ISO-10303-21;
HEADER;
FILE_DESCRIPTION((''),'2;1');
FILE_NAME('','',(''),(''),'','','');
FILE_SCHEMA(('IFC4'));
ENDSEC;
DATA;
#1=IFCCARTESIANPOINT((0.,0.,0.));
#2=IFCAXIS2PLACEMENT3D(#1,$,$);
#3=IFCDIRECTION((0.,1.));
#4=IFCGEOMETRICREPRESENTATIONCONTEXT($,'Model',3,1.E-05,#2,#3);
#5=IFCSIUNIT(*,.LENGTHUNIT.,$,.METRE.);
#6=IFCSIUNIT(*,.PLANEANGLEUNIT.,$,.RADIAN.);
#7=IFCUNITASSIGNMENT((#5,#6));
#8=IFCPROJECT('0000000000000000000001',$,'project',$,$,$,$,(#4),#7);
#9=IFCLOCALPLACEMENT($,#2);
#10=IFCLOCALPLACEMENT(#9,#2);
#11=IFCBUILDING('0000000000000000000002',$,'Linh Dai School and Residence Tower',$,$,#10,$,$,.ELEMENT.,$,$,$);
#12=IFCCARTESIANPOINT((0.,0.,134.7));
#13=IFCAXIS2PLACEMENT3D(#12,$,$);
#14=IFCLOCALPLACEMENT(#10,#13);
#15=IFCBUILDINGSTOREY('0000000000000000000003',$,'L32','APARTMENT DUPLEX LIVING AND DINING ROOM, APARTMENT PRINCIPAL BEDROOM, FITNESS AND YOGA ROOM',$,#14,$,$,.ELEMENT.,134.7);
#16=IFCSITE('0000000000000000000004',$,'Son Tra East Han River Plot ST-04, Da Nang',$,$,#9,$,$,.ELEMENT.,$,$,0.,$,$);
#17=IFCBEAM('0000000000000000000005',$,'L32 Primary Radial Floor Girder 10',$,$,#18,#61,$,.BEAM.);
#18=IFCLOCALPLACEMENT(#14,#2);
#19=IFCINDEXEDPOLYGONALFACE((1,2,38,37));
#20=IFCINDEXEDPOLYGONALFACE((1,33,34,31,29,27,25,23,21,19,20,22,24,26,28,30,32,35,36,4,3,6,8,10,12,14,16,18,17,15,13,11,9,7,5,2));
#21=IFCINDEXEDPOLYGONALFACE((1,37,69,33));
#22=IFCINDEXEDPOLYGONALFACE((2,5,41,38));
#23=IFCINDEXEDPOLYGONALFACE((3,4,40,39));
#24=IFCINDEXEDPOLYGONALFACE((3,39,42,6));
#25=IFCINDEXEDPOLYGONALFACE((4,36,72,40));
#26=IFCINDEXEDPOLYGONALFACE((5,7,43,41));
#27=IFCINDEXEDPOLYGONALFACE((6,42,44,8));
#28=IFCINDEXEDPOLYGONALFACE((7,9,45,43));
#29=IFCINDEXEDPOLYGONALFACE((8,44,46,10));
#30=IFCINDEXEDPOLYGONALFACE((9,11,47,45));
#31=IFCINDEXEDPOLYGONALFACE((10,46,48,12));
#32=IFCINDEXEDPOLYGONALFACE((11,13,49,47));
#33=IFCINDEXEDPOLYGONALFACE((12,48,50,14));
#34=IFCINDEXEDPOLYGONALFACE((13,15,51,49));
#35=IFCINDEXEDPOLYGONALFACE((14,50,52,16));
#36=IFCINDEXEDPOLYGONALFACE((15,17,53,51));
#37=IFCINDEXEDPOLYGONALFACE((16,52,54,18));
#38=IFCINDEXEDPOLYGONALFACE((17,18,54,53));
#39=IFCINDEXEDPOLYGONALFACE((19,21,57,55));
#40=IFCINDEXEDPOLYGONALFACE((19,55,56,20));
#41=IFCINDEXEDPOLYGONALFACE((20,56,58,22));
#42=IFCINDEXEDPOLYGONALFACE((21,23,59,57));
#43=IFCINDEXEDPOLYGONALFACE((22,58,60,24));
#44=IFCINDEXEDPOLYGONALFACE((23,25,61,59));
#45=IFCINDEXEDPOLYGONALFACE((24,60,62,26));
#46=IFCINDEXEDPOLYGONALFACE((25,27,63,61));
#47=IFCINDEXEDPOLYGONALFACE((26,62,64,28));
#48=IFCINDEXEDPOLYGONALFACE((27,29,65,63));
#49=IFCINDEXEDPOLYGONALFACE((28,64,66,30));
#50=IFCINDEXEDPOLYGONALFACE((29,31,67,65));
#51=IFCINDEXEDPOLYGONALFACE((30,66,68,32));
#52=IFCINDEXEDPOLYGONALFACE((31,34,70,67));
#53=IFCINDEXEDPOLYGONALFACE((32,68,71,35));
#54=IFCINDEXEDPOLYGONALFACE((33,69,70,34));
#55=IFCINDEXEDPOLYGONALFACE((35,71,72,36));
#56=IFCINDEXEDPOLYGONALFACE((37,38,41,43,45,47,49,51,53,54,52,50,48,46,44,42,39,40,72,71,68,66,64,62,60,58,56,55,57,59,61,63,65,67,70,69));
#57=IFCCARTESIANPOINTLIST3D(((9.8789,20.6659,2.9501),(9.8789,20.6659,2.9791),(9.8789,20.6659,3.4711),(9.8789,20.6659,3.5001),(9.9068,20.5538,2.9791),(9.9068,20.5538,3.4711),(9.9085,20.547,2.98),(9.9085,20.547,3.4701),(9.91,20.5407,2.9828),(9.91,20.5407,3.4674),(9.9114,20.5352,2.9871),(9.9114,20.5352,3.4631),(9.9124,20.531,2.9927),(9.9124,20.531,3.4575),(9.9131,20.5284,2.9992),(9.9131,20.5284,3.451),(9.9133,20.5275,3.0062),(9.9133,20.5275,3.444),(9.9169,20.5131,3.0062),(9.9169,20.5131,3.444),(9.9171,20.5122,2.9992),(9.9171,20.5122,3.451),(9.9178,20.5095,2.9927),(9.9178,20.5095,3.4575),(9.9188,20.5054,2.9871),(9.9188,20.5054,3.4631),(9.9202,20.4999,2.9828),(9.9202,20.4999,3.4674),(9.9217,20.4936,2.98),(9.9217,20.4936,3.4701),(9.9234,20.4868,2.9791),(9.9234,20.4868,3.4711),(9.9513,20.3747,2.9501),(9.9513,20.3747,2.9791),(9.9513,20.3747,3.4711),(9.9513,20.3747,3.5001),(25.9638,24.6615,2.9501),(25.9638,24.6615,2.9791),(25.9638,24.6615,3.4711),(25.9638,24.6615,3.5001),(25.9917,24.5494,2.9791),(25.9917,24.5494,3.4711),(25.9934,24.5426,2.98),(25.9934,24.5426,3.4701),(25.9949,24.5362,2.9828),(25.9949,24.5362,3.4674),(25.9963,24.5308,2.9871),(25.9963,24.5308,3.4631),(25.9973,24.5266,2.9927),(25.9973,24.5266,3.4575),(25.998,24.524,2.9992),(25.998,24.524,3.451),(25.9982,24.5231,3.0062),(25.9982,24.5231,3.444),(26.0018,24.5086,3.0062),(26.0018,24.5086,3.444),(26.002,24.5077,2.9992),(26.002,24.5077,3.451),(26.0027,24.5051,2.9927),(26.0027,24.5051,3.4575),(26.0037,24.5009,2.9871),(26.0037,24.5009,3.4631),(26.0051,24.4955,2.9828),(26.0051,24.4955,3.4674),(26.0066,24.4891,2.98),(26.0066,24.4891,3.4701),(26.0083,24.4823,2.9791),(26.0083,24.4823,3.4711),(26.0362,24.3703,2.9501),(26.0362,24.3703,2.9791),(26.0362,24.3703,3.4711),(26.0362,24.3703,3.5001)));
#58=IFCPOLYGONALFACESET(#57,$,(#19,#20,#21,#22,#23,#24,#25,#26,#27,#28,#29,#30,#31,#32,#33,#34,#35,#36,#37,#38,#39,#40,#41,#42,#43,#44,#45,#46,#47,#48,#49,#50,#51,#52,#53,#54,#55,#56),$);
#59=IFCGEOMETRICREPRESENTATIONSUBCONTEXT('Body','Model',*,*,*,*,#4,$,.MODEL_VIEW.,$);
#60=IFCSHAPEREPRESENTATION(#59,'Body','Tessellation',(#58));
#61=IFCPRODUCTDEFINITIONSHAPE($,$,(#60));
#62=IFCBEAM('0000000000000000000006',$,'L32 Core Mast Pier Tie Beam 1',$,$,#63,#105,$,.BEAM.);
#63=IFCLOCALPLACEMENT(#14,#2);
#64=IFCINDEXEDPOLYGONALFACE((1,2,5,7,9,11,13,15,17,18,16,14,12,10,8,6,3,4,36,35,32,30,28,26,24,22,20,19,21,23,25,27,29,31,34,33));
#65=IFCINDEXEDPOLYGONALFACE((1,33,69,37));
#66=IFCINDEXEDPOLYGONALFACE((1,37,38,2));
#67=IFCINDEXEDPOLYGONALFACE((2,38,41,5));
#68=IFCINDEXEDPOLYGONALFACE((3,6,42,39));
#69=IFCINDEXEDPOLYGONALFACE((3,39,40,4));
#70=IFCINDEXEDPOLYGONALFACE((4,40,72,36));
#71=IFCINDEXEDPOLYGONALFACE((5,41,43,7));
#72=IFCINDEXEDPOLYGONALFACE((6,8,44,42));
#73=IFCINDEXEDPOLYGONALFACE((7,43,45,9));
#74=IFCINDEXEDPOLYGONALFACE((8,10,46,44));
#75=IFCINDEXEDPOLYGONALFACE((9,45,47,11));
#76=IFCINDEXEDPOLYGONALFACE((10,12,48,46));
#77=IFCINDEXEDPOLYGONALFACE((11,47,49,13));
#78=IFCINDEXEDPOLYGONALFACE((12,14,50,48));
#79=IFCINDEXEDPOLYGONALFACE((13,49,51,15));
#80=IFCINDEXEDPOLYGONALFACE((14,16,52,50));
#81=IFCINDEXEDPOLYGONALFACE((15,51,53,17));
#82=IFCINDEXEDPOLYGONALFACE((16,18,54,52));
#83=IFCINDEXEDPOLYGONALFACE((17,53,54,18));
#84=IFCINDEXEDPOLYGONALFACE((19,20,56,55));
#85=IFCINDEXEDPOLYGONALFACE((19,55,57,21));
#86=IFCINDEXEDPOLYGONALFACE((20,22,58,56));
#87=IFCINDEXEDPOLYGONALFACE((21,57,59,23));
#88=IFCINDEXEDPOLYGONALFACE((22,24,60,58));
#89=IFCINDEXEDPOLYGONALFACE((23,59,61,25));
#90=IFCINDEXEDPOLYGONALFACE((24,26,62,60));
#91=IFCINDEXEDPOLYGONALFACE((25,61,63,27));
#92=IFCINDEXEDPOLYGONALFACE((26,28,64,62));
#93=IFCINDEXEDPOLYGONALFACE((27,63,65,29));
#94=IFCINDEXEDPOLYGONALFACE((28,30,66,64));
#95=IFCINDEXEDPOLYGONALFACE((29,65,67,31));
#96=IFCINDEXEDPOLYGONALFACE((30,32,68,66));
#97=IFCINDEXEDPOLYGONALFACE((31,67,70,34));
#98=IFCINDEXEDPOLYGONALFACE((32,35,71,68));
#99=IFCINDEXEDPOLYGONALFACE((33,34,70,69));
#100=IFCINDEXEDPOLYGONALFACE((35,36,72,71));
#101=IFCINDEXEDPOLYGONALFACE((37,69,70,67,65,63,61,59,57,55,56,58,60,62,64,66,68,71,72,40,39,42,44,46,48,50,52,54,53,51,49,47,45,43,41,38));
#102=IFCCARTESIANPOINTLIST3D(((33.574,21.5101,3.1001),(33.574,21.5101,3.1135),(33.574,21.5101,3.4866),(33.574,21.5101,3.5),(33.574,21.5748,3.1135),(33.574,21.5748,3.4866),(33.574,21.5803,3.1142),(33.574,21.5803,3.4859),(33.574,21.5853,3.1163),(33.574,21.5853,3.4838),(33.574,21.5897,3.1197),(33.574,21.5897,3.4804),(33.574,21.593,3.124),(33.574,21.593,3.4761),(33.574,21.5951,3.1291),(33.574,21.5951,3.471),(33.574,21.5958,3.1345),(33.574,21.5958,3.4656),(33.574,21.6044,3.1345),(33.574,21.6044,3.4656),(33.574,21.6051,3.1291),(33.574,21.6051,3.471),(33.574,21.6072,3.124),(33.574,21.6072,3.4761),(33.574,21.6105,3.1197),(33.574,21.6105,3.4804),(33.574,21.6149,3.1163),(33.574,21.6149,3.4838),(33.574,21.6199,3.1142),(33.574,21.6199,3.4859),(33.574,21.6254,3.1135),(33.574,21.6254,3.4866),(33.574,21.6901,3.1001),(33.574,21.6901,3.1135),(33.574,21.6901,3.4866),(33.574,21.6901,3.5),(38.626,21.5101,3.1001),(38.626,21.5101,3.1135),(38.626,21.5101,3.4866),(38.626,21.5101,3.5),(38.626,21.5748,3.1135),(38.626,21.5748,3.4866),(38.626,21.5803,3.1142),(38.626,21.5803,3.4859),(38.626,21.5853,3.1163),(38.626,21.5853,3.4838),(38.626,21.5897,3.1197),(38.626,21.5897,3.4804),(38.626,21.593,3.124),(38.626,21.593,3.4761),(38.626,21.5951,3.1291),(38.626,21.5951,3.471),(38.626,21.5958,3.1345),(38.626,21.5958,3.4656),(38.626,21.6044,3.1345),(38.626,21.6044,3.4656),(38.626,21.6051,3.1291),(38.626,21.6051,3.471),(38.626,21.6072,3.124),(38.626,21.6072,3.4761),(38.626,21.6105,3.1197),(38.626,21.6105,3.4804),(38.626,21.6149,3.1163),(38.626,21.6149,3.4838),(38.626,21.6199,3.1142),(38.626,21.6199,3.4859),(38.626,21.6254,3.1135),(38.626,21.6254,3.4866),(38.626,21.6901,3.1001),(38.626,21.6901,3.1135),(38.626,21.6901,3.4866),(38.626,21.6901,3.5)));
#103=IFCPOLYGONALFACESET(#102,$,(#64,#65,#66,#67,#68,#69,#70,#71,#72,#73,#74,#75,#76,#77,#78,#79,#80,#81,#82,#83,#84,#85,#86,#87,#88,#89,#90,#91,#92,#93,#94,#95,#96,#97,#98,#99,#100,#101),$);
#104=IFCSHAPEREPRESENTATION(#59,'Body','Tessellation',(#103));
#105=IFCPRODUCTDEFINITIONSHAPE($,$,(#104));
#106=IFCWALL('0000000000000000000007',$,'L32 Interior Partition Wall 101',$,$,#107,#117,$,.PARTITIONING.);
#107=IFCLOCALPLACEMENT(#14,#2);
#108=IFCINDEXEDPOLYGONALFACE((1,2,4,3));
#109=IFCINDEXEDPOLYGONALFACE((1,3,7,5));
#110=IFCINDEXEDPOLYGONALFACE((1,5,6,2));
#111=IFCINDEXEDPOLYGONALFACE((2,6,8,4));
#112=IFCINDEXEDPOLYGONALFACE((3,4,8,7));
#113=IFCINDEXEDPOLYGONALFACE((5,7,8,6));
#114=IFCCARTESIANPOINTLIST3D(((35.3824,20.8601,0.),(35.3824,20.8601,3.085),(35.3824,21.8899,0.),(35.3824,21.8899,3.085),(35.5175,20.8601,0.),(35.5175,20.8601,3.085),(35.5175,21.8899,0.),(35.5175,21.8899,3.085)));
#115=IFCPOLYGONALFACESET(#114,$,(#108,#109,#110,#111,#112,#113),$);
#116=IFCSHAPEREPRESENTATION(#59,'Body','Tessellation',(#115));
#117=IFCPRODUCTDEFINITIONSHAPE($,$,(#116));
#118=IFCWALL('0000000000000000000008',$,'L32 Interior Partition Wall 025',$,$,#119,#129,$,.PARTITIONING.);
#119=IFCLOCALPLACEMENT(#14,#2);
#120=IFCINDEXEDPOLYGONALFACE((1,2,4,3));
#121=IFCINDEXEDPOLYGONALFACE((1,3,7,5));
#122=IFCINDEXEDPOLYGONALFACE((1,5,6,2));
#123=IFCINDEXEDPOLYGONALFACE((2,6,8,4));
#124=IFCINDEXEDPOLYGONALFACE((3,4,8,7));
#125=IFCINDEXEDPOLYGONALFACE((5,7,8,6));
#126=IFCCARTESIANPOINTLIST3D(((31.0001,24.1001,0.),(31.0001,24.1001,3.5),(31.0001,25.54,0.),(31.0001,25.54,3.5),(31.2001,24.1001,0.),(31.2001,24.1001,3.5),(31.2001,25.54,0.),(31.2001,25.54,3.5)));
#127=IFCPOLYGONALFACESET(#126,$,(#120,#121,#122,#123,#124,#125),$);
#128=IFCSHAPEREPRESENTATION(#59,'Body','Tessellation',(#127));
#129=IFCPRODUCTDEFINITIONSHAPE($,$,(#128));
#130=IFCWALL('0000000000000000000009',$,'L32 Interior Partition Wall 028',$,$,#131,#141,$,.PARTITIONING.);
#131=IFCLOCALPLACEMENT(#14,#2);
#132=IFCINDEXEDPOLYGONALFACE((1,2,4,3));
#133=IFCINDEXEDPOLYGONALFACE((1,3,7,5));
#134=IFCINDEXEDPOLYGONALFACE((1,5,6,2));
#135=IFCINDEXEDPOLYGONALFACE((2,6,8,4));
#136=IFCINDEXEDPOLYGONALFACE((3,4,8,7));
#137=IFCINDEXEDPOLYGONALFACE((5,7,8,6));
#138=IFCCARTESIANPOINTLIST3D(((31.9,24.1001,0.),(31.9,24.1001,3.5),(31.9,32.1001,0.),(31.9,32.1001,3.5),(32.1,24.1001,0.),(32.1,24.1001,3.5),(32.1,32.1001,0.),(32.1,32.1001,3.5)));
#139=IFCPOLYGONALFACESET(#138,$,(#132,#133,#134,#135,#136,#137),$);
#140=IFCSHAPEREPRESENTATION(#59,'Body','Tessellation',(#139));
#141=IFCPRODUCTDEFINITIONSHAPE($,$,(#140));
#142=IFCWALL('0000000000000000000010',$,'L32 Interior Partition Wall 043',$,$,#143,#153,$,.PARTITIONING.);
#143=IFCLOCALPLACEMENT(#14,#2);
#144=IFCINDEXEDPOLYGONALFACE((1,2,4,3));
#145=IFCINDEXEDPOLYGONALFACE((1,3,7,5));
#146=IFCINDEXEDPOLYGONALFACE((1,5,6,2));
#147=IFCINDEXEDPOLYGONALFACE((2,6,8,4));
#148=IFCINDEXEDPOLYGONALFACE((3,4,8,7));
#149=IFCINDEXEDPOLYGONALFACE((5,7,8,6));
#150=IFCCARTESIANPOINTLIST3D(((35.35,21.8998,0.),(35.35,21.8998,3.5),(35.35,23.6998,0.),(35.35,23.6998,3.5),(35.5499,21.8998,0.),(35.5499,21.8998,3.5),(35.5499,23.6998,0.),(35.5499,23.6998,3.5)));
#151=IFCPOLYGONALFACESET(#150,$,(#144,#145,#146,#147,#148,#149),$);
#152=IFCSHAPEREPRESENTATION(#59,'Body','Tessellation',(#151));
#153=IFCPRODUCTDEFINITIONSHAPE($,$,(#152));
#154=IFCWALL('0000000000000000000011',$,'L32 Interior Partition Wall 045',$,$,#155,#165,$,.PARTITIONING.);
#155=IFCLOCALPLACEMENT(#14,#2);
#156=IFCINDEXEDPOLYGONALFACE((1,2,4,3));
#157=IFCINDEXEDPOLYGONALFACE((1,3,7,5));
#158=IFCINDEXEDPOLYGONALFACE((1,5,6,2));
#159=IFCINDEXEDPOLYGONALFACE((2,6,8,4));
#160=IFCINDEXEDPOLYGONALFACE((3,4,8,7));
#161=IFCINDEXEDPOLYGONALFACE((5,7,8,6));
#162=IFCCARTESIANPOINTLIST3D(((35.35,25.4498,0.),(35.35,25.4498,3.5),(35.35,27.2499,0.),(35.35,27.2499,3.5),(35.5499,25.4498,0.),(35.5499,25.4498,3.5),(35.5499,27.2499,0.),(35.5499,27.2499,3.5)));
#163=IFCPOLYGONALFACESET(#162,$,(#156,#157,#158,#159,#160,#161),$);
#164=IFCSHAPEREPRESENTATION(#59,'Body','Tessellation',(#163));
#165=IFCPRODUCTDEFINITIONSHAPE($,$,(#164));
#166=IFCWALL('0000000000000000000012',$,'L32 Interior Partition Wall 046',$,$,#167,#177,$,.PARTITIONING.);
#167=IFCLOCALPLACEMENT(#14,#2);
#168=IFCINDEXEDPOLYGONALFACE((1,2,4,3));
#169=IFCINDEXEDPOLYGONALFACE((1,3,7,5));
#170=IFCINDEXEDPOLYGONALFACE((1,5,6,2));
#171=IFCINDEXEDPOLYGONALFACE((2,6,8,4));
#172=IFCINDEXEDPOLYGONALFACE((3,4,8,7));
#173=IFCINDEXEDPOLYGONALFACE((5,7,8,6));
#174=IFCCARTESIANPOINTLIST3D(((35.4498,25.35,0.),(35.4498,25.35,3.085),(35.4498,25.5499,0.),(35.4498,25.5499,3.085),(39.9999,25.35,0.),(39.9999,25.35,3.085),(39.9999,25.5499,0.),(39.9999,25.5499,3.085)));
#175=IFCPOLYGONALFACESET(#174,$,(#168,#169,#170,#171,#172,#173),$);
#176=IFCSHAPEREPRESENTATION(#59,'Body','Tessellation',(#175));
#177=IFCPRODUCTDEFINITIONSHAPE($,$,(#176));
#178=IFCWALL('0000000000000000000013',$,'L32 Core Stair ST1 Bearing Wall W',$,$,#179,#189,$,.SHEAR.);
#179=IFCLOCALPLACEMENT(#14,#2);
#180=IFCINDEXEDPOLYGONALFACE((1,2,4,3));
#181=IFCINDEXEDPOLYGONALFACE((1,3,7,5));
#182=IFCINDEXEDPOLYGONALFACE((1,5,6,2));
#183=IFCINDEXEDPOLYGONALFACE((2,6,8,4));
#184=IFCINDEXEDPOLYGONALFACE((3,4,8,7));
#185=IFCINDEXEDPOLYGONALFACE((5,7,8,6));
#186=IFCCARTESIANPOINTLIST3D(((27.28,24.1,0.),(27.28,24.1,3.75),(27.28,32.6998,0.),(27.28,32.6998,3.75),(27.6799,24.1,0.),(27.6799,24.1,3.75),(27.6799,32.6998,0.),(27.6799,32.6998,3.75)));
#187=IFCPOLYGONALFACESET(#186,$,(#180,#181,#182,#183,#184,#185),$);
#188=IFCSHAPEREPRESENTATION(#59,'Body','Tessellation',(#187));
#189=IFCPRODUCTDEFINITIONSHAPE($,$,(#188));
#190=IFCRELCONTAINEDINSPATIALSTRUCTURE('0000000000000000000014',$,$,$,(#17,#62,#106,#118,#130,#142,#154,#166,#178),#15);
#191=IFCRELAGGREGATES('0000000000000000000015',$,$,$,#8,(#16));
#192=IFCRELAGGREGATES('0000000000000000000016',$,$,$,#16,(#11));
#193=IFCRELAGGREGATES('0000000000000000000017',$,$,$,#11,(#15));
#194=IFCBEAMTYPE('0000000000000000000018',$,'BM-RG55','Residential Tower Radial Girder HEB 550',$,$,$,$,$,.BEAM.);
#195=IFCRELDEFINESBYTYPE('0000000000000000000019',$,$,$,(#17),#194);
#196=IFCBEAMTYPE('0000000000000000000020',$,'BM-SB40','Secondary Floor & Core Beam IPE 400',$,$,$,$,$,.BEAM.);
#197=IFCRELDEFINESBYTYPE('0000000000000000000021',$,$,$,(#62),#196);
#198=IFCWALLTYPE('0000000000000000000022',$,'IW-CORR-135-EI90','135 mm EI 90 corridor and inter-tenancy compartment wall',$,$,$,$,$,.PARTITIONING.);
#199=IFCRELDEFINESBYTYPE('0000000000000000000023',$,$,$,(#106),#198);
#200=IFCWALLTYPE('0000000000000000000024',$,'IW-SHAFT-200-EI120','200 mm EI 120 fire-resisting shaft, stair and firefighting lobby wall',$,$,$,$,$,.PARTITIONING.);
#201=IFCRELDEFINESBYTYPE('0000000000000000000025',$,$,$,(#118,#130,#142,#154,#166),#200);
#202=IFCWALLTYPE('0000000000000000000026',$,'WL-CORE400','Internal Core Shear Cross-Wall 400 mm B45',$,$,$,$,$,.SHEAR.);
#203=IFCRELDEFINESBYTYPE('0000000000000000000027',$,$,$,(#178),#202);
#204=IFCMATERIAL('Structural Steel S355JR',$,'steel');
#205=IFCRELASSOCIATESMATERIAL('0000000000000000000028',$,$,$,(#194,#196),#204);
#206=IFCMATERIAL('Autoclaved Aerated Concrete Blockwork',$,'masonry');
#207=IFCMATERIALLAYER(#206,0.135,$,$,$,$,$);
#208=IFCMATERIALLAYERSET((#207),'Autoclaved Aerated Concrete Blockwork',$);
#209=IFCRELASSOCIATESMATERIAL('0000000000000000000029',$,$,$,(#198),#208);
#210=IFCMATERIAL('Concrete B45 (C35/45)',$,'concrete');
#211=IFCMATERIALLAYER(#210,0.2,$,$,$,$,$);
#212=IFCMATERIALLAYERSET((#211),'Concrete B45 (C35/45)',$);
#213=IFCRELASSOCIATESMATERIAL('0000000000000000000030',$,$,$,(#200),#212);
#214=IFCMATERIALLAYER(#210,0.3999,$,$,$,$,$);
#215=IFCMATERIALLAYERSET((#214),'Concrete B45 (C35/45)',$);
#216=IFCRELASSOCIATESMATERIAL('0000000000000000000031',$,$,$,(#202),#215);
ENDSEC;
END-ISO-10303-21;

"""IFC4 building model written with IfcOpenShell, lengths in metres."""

from ifc_helpers import new_model, si_unit, direction, frame, frame_2d, origin, origin_2d, place, context, subcontext, project, spatial, rectangle, i_section, extrude, material, layer, layer_set, material_profile, profile_set, type_object, element, save


model = new_model("IFC4")

# Units and contexts
model_context = context("Model", 3, precision=1e-05, world=origin(), true_north=direction((0.0, 1.0)))
body_context = subcontext(model_context, "Body", "Model", "MODEL_VIEW")
ifc_project = project(units=[si_unit("LENGTHUNIT", "METRE"), si_unit("PLANEANGLEUNIT", "RADIAN")], contexts=[model_context])

# Site, building, storey
site_placement = place(None, origin())
site = spatial("IfcSite", under=ifc_project, at=site_placement, Name="Son Tra East Han River Plot ST-04, Da Nang", CompositionType="ELEMENT", RefElevation=0.0)
building_placement = place(site_placement, origin())
building = spatial("IfcBuilding", under=site, at=building_placement, Name="Linh Dai School and Residence Tower", CompositionType="ELEMENT")
storey_placement = place(building_placement, frame((0.0, 0.0, 134.7)))
storey = spatial("IfcBuildingStorey", under=building, at=storey_placement, Name="L32", Description="APARTMENT DUPLEX LIVING AND DINING ROOM, APARTMENT PRINCIPAL BEDROOM, FITNESS AND YOGA ROOM", CompositionType="ELEMENT", Elevation=134.7)

# Shared definitions
ifc_material_1 = material(Name="Structural Steel S355JR", Category="steel")

# Beams
ifc_material_profile_1 = material_profile(ifc_material_1, i_section(OverallWidth=0.3, OverallDepth=0.55, WebThickness=0.0149, FlangeThickness=0.0291, FilletRadius=0.0271, at=origin_2d()), Name="HEB 550")
ifc_profile_set_1 = profile_set([ifc_material_profile_1], Name="Structural Steel S355JR")
beam_type_1 = type_object("IfcBeamType", Name="BM-RG55", Description="Residential Tower Radial Girder HEB 550", PredefinedType="BEAM", material=ifc_profile_set_1)
beam_1_placement = place(storey_placement, frame((26.0, 24.5159, 3.2251), z_axis=(-0.970505, -0.24108, 0.0), x_axis=(0.24108, -0.970505, 0.0)))
element("IfcBeam", 1, at=beam_1_placement, inside=storey, type_object=beam_type_1, Name="L32 Primary Radial Floor Girder 10", PredefinedType="BEAM", context=body_context, shape_type="SweptSolid", body=[
    extrude(i_section(OverallWidth=0.3, OverallDepth=0.55, WebThickness=0.0149, FlangeThickness=0.0291, FilletRadius=0.0271, at=origin_2d()), origin(), (0.0, 0.0, 1.0), 16.5737),
])
ifc_material_profile_2 = material_profile(ifc_material_1, i_section(OverallWidth=0.1799, OverallDepth=0.3999, WebThickness=0.0085, FlangeThickness=0.0134, FilletRadius=0.021, at=origin_2d()), Name="IPE 400")
ifc_profile_set_2 = profile_set([ifc_material_profile_2], Name="Structural Steel S355JR")
beam_type_2 = type_object("IfcBeamType", Name="BM-SB40", Description="Secondary Floor & Core Beam IPE 400", PredefinedType="BEAM", material=ifc_profile_set_2)
beam_2_placement = place(storey_placement, frame((33.574, 21.6001, 3.3), z_axis=(1.0, 0.0, 0.0), x_axis=(0.0, 1.0, 0.0)))
element("IfcBeam", 2, at=beam_2_placement, inside=storey, type_object=beam_type_2, Name="L32 Core Mast Pier Tie Beam 1", PredefinedType="BEAM", context=body_context, shape_type="SweptSolid", body=[
    extrude(i_section(OverallWidth=0.1799, OverallDepth=0.3999, WebThickness=0.0085, FlangeThickness=0.0134, FilletRadius=0.021, at=origin_2d()), origin(), (0.0, 0.0, 1.0), 5.052),
])

# Wall
ifc_material_2 = material(Name="Autoclaved Aerated Concrete Blockwork", Category="masonry")
ifc_layer_1 = layer(ifc_material_2, 0.135)
ifc_layer_set_1 = layer_set([ifc_layer_1], Name="Autoclaved Aerated Concrete Blockwork")
wall_type_1 = type_object("IfcWallType", Name="IW-CORR-135-EI90", Description="135 mm EI 90 corridor and inter-tenancy compartment wall", PredefinedType="PARTITIONING", material=ifc_layer_set_1)
wall_1_placement = place(storey_placement, frame((35.45, 21.8899, 0.0), z_axis=(0.0, 0.0, 1.0), x_axis=(0.0, -1.0, 0.0)))
element("IfcWall", 3, at=wall_1_placement, inside=storey, type_object=wall_type_1, Name="L32 Interior Partition Wall 101", PredefinedType="PARTITIONING", context=body_context, shape_type="SweptSolid", body=[
    extrude(rectangle(XDim=1.0298, YDim=0.135, at=frame_2d((0.5149, 0.0))), origin(), (0.0, 0.0, 1.0), 3.085),
])

# Shared definitions
ifc_material_3 = material(Name="Concrete B45 (C35/45)", Category="concrete")
ifc_layer_2 = layer(ifc_material_3, 0.2)
ifc_layer_set_2 = layer_set([ifc_layer_2], Name="Concrete B45 (C35/45)")
wall_type_2 = type_object("IfcWallType", Name="IW-SHAFT-200-EI120", Description="200 mm EI 120 fire-resisting shaft, stair and firefighting lobby wall", PredefinedType="PARTITIONING", material=ifc_layer_set_2)

# Walls
wall_2_placement = place(storey_placement, frame((31.1001, 24.1001, 0.0), z_axis=(0.0, 0.0, 1.0), x_axis=(0.0, 1.0, 0.0)))
element("IfcWall", 4, at=wall_2_placement, inside=storey, type_object=wall_type_2, Name="L32 Interior Partition Wall 025", PredefinedType="PARTITIONING", context=body_context, shape_type="SweptSolid", body=[
    extrude(rectangle(XDim=1.4399, YDim=0.2, at=frame_2d((0.72, 0.0))), origin(), (0.0, 0.0, 1.0), 3.5),
])
wall_3_placement = place(storey_placement, frame((32.0, 24.1001, 0.0), z_axis=(0.0, 0.0, 1.0), x_axis=(0.0, 1.0, 0.0)))
element("IfcWall", 5, at=wall_3_placement, inside=storey, type_object=wall_type_2, Name="L32 Interior Partition Wall 028", PredefinedType="PARTITIONING", context=body_context, shape_type="SweptSolid", body=[
    extrude(rectangle(XDim=8.0, YDim=0.2, at=frame_2d((4.0, 0.0))), origin(), (0.0, 0.0, 1.0), 3.5),
])

# Wall
wall_4_placement = place(storey_placement, frame((35.45, 21.8999, 0.0), z_axis=(0.0, 0.0, 1.0), x_axis=(0.0, 1.0, 0.0)))
element("IfcWall", 6, at=wall_4_placement, inside=storey, type_object=wall_type_2, Name="L32 Interior Partition Wall 043", PredefinedType="PARTITIONING", context=body_context, shape_type="SweptSolid", body=[
    extrude(rectangle(XDim=1.8, YDim=0.2, at=frame_2d((0.8999, 0.0))), origin(), (0.0, 0.0, 1.0), 3.5),
])

# Walls
wall_5_placement = place(storey_placement, frame((35.45, 25.45, 0.0), z_axis=(0.0, 0.0, 1.0), x_axis=(0.0, 1.0, 0.0)))
element("IfcWall", 7, at=wall_5_placement, inside=storey, type_object=wall_type_2, Name="L32 Interior Partition Wall 045", PredefinedType="PARTITIONING", context=body_context, shape_type="SweptSolid", body=[
    extrude(rectangle(XDim=1.8, YDim=0.2, at=frame_2d((0.8999, 0.0))), origin(), (0.0, 0.0, 1.0), 3.5),
])
wall_6_placement = place(storey_placement, frame((35.45, 25.45, 0.0), z_axis=(0.0, 0.0, 1.0), x_axis=(1.0, 0.0, 0.0)))
element("IfcWall", 8, at=wall_6_placement, inside=storey, type_object=wall_type_2, Name="L32 Interior Partition Wall 046", PredefinedType="PARTITIONING", context=body_context, shape_type="SweptSolid", body=[
    extrude(rectangle(XDim=4.55, YDim=0.2, at=frame_2d((2.2749, 0.0))), origin(), (0.0, 0.0, 1.0), 3.085),
])
ifc_layer_3 = layer(ifc_material_3, 0.3999)
ifc_layer_set_3 = layer_set([ifc_layer_3], Name="Concrete B45 (C35/45)")
wall_type_3 = type_object("IfcWallType", Name="WL-CORE400", Description="Internal Core Shear Cross-Wall 400 mm B45", PredefinedType="SHEAR", material=ifc_layer_set_3)
wall_7_placement = place(storey_placement, frame((27.48, 24.1001, 0.0), z_axis=(0.0, 0.0, 1.0), x_axis=(0.0, 1.0, 0.0)))
element("IfcWall", 9, at=wall_7_placement, inside=storey, type_object=wall_type_3, Name="L32 Core Stair ST1 Bearing Wall W", PredefinedType="SHEAR", context=body_context, shape_type="SweptSolid", body=[
    extrude(rectangle(XDim=8.5999, YDim=0.3999, at=frame_2d((4.2998, 0.0))), origin(), (0.0, 0.0, 1.0), 3.75),
])

save(model, "model.ifc")
